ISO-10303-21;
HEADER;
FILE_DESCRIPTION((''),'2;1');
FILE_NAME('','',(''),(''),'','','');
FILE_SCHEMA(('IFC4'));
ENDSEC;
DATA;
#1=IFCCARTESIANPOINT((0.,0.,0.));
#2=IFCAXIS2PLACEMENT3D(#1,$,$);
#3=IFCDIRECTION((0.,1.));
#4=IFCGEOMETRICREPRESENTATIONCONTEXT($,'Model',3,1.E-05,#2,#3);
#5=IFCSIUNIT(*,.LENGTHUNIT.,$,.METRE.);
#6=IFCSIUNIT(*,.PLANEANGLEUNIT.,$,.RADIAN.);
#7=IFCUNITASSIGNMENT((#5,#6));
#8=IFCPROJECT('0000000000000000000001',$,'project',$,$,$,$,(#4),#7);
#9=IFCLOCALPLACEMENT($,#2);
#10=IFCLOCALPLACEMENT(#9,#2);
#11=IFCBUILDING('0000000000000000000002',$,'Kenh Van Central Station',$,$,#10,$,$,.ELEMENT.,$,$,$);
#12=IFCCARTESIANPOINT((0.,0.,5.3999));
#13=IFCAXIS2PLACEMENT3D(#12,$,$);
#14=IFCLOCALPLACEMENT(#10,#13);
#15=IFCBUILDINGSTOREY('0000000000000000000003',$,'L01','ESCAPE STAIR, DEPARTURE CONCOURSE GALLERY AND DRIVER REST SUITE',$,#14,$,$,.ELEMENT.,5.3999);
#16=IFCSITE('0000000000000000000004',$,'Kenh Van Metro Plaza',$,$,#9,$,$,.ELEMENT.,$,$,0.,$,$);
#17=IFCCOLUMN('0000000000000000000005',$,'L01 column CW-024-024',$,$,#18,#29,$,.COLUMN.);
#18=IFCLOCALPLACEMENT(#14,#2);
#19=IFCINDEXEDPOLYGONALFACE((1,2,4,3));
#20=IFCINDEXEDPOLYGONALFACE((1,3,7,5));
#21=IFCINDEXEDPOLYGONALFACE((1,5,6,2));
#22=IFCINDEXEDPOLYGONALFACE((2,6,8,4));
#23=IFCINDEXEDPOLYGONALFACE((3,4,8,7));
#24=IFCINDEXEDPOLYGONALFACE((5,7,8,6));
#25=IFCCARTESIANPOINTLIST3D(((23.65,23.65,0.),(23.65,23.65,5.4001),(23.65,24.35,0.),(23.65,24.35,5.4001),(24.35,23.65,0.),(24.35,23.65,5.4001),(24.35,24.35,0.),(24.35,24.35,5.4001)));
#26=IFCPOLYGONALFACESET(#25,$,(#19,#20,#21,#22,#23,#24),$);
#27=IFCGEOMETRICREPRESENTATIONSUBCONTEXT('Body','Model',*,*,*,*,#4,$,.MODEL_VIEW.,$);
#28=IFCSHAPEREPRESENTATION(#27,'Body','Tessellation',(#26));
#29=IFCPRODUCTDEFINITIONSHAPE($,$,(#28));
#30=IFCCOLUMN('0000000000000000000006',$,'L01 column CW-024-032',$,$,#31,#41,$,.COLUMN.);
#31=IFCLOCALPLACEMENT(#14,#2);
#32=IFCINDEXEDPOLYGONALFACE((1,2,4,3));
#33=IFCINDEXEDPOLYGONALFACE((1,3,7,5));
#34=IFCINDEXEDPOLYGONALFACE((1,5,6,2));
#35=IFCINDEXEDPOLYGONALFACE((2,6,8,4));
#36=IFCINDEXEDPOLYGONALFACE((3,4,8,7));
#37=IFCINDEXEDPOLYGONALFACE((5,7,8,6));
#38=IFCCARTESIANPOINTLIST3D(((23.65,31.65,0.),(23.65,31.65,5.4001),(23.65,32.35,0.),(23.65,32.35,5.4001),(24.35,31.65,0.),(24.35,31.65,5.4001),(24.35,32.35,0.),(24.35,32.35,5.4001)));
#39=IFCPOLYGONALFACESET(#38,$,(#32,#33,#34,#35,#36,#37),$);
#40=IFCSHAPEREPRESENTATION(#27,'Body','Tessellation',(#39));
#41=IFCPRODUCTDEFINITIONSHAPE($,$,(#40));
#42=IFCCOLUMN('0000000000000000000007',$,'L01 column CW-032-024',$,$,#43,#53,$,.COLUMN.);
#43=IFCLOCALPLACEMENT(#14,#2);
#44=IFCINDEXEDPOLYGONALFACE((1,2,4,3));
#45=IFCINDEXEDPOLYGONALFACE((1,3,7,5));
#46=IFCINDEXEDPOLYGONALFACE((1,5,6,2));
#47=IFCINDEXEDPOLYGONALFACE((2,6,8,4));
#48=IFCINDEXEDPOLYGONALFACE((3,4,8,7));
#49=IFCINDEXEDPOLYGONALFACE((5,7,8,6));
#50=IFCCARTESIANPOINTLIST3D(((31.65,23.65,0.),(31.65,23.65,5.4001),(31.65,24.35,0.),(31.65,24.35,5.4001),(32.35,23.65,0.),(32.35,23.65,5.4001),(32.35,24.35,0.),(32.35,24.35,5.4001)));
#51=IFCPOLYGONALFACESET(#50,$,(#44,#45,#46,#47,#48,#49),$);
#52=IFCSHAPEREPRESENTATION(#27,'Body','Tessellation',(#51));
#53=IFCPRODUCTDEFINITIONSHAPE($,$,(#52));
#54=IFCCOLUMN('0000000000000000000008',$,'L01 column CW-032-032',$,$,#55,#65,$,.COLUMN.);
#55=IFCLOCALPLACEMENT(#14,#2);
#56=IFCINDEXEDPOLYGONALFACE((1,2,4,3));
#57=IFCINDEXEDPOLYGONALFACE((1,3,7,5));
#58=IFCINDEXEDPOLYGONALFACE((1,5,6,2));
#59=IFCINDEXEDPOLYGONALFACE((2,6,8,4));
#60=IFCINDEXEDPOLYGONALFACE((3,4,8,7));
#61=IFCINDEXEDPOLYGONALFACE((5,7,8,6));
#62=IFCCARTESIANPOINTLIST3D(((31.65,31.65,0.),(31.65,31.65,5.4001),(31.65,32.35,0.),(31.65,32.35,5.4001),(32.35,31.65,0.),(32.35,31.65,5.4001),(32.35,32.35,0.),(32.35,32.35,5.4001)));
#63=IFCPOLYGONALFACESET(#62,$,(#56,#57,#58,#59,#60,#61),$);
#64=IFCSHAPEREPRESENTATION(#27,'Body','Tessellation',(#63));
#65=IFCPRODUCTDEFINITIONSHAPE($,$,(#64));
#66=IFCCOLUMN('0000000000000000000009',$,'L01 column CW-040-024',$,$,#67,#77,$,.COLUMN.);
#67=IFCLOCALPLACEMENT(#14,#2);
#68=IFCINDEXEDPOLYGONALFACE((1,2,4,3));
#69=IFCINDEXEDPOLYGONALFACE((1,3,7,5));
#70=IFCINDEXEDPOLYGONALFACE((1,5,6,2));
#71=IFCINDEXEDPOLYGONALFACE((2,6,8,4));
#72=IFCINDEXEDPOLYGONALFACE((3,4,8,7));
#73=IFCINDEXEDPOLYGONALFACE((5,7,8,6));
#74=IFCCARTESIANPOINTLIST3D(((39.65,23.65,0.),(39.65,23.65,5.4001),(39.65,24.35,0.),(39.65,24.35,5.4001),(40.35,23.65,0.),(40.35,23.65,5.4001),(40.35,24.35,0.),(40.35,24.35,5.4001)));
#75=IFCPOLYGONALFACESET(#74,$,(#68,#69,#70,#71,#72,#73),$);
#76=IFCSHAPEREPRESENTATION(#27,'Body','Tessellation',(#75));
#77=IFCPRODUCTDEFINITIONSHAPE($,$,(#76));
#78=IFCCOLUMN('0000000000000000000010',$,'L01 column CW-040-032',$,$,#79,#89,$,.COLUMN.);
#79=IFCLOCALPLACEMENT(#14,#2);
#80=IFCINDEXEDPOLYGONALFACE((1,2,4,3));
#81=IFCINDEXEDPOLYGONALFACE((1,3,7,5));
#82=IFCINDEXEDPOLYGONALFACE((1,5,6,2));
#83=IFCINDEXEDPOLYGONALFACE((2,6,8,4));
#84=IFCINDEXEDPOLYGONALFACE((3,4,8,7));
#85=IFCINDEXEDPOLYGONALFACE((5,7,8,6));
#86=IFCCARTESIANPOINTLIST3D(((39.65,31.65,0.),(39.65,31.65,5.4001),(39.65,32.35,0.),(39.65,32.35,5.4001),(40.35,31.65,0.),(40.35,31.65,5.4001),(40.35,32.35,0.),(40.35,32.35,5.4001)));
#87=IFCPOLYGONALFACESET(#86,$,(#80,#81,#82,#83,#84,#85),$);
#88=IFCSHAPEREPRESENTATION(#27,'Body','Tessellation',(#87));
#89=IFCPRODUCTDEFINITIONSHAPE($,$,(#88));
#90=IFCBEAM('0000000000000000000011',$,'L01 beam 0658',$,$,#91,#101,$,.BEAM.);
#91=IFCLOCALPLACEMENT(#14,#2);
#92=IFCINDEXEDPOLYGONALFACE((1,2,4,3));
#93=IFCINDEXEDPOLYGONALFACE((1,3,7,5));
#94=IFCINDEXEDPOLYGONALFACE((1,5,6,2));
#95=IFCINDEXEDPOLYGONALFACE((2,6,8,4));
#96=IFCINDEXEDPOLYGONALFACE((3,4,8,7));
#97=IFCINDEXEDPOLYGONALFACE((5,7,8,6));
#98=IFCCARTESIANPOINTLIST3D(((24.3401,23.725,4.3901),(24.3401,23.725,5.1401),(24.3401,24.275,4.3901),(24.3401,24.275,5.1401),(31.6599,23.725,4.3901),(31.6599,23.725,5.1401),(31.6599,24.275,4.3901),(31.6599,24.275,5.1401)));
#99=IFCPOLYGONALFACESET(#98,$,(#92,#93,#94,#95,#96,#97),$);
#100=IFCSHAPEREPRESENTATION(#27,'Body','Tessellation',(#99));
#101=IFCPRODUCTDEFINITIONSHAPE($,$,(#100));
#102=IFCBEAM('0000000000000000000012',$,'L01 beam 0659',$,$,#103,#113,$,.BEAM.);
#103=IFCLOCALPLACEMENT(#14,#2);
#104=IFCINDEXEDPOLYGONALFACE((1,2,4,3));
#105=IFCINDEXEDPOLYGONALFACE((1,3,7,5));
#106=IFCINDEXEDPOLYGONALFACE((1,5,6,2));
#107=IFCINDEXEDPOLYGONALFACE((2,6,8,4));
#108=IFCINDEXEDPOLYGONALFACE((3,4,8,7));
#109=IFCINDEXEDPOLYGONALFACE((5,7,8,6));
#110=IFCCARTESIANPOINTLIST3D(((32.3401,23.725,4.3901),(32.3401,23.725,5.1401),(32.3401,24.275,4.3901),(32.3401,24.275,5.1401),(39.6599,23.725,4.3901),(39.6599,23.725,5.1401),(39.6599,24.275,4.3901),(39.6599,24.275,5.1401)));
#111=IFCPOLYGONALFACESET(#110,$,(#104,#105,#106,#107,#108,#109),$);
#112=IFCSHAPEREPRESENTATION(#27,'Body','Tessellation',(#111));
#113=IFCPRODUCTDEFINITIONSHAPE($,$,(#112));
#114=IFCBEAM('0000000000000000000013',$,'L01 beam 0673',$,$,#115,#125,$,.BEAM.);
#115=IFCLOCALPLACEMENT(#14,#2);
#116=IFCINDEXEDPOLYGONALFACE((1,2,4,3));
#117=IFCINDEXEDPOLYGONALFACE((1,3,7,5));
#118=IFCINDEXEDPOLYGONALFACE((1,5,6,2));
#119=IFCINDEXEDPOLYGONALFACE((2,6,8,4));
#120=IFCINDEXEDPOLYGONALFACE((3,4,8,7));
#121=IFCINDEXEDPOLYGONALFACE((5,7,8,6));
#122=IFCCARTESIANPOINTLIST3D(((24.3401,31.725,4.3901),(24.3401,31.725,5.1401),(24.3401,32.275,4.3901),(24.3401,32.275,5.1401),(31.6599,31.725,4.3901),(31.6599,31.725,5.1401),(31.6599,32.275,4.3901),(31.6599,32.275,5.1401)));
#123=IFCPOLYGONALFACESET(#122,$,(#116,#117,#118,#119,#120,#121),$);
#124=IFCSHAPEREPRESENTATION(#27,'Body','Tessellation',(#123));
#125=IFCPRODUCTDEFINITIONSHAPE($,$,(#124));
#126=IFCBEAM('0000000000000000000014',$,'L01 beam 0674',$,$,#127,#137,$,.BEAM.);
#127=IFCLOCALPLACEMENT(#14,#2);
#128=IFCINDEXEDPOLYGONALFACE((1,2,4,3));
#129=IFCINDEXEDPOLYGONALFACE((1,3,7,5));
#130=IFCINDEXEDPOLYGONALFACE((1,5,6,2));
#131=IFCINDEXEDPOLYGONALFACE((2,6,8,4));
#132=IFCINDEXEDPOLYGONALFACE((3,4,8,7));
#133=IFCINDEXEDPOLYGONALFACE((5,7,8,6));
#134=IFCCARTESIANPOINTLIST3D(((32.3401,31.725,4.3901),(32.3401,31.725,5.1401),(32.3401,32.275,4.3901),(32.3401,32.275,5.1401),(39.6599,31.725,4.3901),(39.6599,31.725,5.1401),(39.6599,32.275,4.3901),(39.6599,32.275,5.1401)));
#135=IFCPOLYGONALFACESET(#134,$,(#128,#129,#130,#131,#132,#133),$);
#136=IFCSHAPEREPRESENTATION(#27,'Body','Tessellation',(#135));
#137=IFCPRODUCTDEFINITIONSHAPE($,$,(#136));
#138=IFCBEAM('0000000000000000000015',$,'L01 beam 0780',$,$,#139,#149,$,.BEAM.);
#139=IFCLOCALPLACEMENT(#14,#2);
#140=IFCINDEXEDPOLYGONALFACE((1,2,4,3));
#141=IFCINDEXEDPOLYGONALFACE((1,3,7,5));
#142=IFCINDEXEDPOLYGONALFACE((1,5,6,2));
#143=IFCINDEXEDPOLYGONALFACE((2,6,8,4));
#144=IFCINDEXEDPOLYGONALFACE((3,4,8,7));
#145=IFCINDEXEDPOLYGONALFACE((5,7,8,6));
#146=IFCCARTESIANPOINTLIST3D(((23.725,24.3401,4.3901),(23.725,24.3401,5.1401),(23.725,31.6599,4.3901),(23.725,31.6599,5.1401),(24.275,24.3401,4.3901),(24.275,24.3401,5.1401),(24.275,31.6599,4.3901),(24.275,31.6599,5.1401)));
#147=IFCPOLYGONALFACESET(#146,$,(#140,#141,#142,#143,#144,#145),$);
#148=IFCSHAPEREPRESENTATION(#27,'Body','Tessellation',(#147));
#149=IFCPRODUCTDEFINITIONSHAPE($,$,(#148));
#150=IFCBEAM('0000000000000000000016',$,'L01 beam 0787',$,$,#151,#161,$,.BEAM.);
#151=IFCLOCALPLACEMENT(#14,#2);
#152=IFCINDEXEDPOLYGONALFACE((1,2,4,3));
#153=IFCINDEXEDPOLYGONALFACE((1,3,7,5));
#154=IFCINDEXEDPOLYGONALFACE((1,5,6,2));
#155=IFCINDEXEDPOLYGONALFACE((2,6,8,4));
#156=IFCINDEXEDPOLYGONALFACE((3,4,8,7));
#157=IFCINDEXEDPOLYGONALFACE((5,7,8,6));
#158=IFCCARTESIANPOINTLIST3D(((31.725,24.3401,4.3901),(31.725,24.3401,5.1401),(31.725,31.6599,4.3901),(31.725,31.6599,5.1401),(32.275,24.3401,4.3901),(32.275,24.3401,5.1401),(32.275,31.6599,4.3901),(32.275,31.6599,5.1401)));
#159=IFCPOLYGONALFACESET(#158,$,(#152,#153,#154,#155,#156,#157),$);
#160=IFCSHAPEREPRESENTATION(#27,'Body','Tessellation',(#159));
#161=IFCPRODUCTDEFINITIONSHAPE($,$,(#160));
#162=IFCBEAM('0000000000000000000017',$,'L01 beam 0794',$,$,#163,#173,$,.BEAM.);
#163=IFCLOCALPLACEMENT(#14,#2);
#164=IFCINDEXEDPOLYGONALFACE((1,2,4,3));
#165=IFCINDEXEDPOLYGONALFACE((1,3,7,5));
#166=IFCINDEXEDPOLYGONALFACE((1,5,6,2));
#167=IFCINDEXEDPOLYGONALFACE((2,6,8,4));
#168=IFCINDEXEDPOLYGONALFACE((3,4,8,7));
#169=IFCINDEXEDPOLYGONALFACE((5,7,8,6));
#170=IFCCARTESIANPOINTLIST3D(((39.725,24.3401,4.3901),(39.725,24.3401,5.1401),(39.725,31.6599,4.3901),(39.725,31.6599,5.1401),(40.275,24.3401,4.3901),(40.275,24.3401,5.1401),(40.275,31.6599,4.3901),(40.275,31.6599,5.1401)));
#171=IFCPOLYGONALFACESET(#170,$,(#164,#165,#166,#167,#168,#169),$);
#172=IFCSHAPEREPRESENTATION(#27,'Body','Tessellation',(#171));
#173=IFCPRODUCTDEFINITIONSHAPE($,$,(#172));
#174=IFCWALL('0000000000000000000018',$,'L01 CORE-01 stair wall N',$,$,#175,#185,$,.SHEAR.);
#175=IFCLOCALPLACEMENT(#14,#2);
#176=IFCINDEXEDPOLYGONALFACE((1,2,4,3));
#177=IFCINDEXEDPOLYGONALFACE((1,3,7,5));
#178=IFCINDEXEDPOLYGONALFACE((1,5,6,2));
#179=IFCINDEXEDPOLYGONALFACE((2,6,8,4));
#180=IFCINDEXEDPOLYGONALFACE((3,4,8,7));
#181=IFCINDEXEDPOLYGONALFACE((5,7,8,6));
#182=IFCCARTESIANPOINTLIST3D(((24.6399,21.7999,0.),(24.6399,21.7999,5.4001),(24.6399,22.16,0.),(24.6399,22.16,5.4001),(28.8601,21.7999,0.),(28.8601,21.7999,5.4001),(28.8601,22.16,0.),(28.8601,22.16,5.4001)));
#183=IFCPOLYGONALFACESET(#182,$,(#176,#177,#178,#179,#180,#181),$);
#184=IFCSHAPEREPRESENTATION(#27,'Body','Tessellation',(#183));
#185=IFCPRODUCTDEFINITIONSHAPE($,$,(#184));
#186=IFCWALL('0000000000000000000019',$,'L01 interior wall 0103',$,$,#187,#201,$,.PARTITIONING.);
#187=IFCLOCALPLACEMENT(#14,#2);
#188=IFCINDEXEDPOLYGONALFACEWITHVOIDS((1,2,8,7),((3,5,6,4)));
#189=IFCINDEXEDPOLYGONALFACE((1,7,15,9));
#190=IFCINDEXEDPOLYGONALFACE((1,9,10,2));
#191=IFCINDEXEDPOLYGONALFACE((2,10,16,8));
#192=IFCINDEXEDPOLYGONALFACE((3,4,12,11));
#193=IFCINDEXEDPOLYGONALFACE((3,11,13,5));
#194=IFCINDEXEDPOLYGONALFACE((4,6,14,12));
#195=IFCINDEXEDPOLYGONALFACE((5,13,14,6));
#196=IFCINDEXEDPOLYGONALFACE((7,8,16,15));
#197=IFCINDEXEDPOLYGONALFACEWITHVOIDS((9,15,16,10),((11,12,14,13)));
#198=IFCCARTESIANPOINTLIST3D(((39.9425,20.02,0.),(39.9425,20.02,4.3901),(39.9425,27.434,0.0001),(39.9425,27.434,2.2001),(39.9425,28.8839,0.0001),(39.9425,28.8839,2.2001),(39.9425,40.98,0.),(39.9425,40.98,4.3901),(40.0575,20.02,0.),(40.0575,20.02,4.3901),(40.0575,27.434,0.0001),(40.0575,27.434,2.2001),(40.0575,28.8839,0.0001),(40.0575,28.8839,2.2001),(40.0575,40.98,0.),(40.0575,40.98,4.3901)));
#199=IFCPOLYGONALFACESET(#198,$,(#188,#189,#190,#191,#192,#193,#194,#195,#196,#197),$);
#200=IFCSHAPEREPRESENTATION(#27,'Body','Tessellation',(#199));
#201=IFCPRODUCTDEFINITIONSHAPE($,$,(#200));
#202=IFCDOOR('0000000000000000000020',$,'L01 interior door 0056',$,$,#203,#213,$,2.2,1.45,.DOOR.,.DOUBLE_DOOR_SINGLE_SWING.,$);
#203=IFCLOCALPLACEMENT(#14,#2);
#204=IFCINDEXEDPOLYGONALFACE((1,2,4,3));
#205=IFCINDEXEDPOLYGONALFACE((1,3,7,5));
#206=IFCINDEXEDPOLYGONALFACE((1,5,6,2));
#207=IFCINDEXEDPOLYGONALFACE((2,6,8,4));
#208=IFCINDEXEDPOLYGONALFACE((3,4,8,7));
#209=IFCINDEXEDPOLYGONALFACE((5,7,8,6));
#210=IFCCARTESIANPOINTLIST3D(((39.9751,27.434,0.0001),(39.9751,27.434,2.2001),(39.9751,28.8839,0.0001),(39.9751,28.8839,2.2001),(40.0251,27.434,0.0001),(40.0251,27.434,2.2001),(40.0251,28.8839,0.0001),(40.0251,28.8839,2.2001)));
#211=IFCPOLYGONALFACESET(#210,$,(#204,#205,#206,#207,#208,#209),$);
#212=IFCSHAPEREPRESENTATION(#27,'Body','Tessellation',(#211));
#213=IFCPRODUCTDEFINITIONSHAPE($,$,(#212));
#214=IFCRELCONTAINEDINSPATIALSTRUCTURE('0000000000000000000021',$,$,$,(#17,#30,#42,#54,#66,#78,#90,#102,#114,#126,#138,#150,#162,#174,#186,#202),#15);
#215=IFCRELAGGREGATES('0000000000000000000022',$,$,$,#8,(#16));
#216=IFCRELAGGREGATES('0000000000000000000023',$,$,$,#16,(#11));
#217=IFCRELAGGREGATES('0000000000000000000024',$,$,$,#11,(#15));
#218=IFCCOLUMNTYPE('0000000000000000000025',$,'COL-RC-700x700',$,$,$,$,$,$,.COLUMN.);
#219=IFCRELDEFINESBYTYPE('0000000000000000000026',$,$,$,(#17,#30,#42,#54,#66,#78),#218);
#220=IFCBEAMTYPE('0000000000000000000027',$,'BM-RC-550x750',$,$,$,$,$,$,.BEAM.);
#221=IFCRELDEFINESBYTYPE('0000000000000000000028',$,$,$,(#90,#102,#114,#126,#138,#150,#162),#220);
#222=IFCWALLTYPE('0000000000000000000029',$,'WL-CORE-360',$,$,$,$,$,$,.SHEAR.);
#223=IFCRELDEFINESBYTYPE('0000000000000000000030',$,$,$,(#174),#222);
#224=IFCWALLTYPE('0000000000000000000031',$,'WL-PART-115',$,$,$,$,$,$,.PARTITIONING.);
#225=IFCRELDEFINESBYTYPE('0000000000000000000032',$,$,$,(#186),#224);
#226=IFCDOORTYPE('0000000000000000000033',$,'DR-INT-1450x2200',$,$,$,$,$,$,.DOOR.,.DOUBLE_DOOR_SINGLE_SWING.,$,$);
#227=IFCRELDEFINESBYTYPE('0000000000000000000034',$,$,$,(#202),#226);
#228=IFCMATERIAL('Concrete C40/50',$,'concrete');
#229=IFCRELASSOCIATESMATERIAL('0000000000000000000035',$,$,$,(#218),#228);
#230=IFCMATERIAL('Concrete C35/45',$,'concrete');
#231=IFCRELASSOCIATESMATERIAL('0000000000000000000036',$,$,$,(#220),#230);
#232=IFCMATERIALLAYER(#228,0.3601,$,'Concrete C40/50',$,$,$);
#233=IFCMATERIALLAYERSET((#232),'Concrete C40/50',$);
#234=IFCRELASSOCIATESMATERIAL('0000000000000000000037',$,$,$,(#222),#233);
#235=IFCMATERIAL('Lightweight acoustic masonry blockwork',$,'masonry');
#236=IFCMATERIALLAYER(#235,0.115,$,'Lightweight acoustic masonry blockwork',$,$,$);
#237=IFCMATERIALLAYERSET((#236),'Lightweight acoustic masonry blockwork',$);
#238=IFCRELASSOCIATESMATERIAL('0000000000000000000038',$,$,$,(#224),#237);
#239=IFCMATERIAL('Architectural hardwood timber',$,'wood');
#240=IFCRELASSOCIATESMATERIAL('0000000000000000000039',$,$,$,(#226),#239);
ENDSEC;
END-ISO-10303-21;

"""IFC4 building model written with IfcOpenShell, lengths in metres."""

from ifc_helpers import new_model, si_unit, direction, frame, frame_2d, origin, origin_2d, place, context, subcontext, project, spatial, rectangle, extrude, material, layer, layer_set, material_profile, profile_set, type_object, element, fill, save


model = new_model("IFC4")

# Units and contexts
model_context = context("Model", 3, precision=1e-05, world=origin(), true_north=direction((0.0, 1.0)))
body_context = subcontext(model_context, "Body", "Model", "MODEL_VIEW")
ifc_project = project(units=[si_unit("LENGTHUNIT", "METRE"), si_unit("PLANEANGLEUNIT", "RADIAN")], contexts=[model_context])

# Site, building, storey
site_placement = place(None, origin())
site = spatial("IfcSite", under=ifc_project, at=site_placement, Name="Kenh Van Metro Plaza", CompositionType="ELEMENT", RefElevation=0.0)
building_placement = place(site_placement, origin())
building = spatial("IfcBuilding", under=site, at=building_placement, Name="Kenh Van Central Station", CompositionType="ELEMENT")
storey_placement = place(building_placement, frame((0.0, 0.0, 5.3999)))
storey = spatial("IfcBuildingStorey", under=building, at=storey_placement, Name="L01", Description="ESCAPE STAIR, DEPARTURE CONCOURSE GALLERY AND DRIVER REST SUITE", CompositionType="ELEMENT", Elevation=5.3999)

# Columns
ifc_material_1 = material(Name="Concrete C40/50", Category="concrete")
ifc_material_profile_1 = material_profile(ifc_material_1, rectangle(XDim=0.7, YDim=0.7, at=origin_2d()), Name="RC 700x700")
ifc_profile_set_1 = profile_set([ifc_material_profile_1], Name="Concrete C40/50")
column_type = type_object("IfcColumnType", Name="COL-RC-700x700", PredefinedType="COLUMN", material=ifc_profile_set_1)
for number, where, z_axis, x_axis, name in (
    (1, (24.0, 24.0, 0.0), (0.0, 0.0, 1.0), (1.0, 0.0, 0.0), "L01 column CW-024-024"),
    (2, (24.0, 32.0, 0.0), (0.0, 0.0, 1.0), (1.0, 0.0, 0.0), "L01 column CW-024-032"),
    (3, (32.0, 24.0, 0.0), (0.0, 0.0, 1.0), (1.0, 0.0, 0.0), "L01 column CW-032-024"),
    (4, (32.0, 32.0, 0.0), (0.0, 0.0, 1.0), (1.0, 0.0, 0.0), "L01 column CW-032-032"),
    (5, (40.0, 24.0, 0.0), (0.0, 0.0, 1.0), (1.0, 0.0, 0.0), "L01 column CW-040-024"),
    (6, (40.0, 32.0, 0.0), (0.0, 0.0, 1.0), (1.0, 0.0, 0.0), "L01 column CW-040-032"),
):
    element("IfcColumn", number, at=place(storey_placement, frame(where, z_axis=z_axis, x_axis=x_axis)), inside=storey, type_object=column_type, Name=name, PredefinedType="COLUMN", context=body_context, shape_type="SweptSolid", body=[
        extrude(rectangle(XDim=0.7, YDim=0.7, at=origin_2d()), origin(), (0.0, 0.0, 1.0), 5.4001),
    ])

# Beams
ifc_material_2 = material(Name="Concrete C35/45", Category="concrete")
ifc_material_profile_2 = material_profile(ifc_material_2, rectangle(XDim=0.55, YDim=0.75, at=origin_2d()), Name="RC 550x750")
ifc_profile_set_2 = profile_set([ifc_material_profile_2], Name="Concrete C35/45")
beam_type = type_object("IfcBeamType", Name="BM-RC-550x750", PredefinedType="BEAM", material=ifc_profile_set_2)
for number, where, z_axis, x_axis, name in (
    (7, (24.3401, 24.0, 4.7651), (1.0, 0.0, 0.0), (0.0, 1.0, 0.0), "L01 beam 0658"),
    (8, (32.3401, 24.0, 4.7651), (1.0, 0.0, 0.0), (0.0, 1.0, 0.0), "L01 beam 0659"),
    (9, (24.3401, 32.0, 4.7651), (1.0, 0.0, 0.0), (0.0, 1.0, 0.0), "L01 beam 0673"),
    (10, (32.3401, 32.0, 4.7651), (1.0, 0.0, 0.0), (0.0, 1.0, 0.0), "L01 beam 0674"),
    (11, (24.0, 24.3401, 4.7651), (0.0, 1.0, 0.0), (-1.0, 0.0, 0.0), "L01 beam 0780"),
    (12, (32.0, 24.3401, 4.7651), (0.0, 1.0, 0.0), (-1.0, 0.0, 0.0), "L01 beam 0787"),
    (13, (40.0, 24.3401, 4.7651), (0.0, 1.0, 0.0), (-1.0, 0.0, 0.0), "L01 beam 0794"),
):
    element("IfcBeam", number, at=place(storey_placement, frame(where, z_axis=z_axis, x_axis=x_axis)), inside=storey, type_object=beam_type, Name=name, PredefinedType="BEAM", context=body_context, shape_type="SweptSolid", body=[
        extrude(rectangle(XDim=0.55, YDim=0.75, at=origin_2d()), origin(), (0.0, 0.0, 1.0), 7.3198),
    ])

# Wall
ifc_layer_1 = layer(ifc_material_1, 0.3601, Name="Concrete C40/50")
ifc_layer_set_1 = layer_set([ifc_layer_1], Name="Concrete C40/50")
wall_type_1 = type_object("IfcWallType", Name="WL-CORE-360", PredefinedType="SHEAR", material=ifc_layer_set_1)
wall_1_placement = place(storey_placement, frame((24.6399, 21.98, 0.0), z_axis=(0.0, 0.0, 1.0), x_axis=(1.0, 0.0, 0.0)))
element("IfcWall", 14, at=wall_1_placement, inside=storey, type_object=wall_type_1, Name="L01 CORE-01 stair wall N", PredefinedType="SHEAR", context=body_context, shape_type="SweptSolid", body=[
    extrude(rectangle(XDim=4.2202, YDim=0.3601, at=frame_2d((2.1101, 0.0))), origin(), (0.0, 0.0, 1.0), 5.4001),
])

# Wall, opening, door
ifc_material_3 = material(Name="Lightweight acoustic masonry blockwork", Category="masonry")
ifc_layer_2 = layer(ifc_material_3, 0.115, Name="Lightweight acoustic masonry blockwork")
ifc_layer_set_2 = layer_set([ifc_layer_2], Name="Lightweight acoustic masonry blockwork")
wall_type_2 = type_object("IfcWallType", Name="WL-PART-115", PredefinedType="PARTITIONING", material=ifc_layer_set_2)
wall_2_placement = place(storey_placement, frame((40.0, 20.02, 0.0), z_axis=(0.0, 0.0, 1.0), x_axis=(0.0, 1.0, 0.0)))
wall_2 = element("IfcWall", 15, at=wall_2_placement, inside=storey, type_object=wall_type_2, Name="L01 interior wall 0103", PredefinedType="PARTITIONING", context=body_context, shape_type="SweptSolid", body=[
    extrude(rectangle(XDim=20.96, YDim=0.115, at=frame_2d((10.48, 0.0))), origin(), (0.0, 0.0, 1.0), 4.3901),
])
opening_1_placement = place(wall_2_placement, frame((7.4138, 0.0, 0.0)))
opening_1 = element("IfcOpeningElement", 16, at=opening_1_placement, cuts=wall_2, PredefinedType="OPENING", context=body_context, shape_type="SweptSolid", body=[
    extrude(rectangle(XDim=1.45, YDim=2.2, at=frame_2d((0.7251, 1.1001))), frame((0.0, 0.0674, 0.0), z_axis=(0.0, -1.0, 0.0), x_axis=(1.0, 0.0, 0.0)), (0.0, 0.0, 1.0), 0.135),
])
ifc_material_4 = material(Name="Architectural hardwood timber", Category="wood")
door_type_1 = type_object("IfcDoorType", Name="DR-INT-1450x2200", OperationType="DOUBLE_DOOR_SINGLE_SWING", PredefinedType="DOOR", material=ifc_material_4)
door_1_placement = place(opening_1_placement, origin())
door_1 = element("IfcDoor", 17, at=door_1_placement, inside=storey, type_object=door_type_1, Name="L01 interior door 0056", OperationType="DOUBLE_DOOR_SINGLE_SWING", OverallHeight=2.2, OverallWidth=1.45, PredefinedType="DOOR", context=body_context, shape_type="SweptSolid", body=[
    extrude(rectangle(XDim=1.45, YDim=2.2, at=frame_2d((0.7251, 1.1001))), frame((0.0, 0.0249, 0.0), z_axis=(0.0, -1.0, 0.0), x_axis=(1.0, 0.0, 0.0)), (0.0, 0.0, 1.0), 0.05),
])
fill(opening_1, door_1)

save(model, "model.ifc")
